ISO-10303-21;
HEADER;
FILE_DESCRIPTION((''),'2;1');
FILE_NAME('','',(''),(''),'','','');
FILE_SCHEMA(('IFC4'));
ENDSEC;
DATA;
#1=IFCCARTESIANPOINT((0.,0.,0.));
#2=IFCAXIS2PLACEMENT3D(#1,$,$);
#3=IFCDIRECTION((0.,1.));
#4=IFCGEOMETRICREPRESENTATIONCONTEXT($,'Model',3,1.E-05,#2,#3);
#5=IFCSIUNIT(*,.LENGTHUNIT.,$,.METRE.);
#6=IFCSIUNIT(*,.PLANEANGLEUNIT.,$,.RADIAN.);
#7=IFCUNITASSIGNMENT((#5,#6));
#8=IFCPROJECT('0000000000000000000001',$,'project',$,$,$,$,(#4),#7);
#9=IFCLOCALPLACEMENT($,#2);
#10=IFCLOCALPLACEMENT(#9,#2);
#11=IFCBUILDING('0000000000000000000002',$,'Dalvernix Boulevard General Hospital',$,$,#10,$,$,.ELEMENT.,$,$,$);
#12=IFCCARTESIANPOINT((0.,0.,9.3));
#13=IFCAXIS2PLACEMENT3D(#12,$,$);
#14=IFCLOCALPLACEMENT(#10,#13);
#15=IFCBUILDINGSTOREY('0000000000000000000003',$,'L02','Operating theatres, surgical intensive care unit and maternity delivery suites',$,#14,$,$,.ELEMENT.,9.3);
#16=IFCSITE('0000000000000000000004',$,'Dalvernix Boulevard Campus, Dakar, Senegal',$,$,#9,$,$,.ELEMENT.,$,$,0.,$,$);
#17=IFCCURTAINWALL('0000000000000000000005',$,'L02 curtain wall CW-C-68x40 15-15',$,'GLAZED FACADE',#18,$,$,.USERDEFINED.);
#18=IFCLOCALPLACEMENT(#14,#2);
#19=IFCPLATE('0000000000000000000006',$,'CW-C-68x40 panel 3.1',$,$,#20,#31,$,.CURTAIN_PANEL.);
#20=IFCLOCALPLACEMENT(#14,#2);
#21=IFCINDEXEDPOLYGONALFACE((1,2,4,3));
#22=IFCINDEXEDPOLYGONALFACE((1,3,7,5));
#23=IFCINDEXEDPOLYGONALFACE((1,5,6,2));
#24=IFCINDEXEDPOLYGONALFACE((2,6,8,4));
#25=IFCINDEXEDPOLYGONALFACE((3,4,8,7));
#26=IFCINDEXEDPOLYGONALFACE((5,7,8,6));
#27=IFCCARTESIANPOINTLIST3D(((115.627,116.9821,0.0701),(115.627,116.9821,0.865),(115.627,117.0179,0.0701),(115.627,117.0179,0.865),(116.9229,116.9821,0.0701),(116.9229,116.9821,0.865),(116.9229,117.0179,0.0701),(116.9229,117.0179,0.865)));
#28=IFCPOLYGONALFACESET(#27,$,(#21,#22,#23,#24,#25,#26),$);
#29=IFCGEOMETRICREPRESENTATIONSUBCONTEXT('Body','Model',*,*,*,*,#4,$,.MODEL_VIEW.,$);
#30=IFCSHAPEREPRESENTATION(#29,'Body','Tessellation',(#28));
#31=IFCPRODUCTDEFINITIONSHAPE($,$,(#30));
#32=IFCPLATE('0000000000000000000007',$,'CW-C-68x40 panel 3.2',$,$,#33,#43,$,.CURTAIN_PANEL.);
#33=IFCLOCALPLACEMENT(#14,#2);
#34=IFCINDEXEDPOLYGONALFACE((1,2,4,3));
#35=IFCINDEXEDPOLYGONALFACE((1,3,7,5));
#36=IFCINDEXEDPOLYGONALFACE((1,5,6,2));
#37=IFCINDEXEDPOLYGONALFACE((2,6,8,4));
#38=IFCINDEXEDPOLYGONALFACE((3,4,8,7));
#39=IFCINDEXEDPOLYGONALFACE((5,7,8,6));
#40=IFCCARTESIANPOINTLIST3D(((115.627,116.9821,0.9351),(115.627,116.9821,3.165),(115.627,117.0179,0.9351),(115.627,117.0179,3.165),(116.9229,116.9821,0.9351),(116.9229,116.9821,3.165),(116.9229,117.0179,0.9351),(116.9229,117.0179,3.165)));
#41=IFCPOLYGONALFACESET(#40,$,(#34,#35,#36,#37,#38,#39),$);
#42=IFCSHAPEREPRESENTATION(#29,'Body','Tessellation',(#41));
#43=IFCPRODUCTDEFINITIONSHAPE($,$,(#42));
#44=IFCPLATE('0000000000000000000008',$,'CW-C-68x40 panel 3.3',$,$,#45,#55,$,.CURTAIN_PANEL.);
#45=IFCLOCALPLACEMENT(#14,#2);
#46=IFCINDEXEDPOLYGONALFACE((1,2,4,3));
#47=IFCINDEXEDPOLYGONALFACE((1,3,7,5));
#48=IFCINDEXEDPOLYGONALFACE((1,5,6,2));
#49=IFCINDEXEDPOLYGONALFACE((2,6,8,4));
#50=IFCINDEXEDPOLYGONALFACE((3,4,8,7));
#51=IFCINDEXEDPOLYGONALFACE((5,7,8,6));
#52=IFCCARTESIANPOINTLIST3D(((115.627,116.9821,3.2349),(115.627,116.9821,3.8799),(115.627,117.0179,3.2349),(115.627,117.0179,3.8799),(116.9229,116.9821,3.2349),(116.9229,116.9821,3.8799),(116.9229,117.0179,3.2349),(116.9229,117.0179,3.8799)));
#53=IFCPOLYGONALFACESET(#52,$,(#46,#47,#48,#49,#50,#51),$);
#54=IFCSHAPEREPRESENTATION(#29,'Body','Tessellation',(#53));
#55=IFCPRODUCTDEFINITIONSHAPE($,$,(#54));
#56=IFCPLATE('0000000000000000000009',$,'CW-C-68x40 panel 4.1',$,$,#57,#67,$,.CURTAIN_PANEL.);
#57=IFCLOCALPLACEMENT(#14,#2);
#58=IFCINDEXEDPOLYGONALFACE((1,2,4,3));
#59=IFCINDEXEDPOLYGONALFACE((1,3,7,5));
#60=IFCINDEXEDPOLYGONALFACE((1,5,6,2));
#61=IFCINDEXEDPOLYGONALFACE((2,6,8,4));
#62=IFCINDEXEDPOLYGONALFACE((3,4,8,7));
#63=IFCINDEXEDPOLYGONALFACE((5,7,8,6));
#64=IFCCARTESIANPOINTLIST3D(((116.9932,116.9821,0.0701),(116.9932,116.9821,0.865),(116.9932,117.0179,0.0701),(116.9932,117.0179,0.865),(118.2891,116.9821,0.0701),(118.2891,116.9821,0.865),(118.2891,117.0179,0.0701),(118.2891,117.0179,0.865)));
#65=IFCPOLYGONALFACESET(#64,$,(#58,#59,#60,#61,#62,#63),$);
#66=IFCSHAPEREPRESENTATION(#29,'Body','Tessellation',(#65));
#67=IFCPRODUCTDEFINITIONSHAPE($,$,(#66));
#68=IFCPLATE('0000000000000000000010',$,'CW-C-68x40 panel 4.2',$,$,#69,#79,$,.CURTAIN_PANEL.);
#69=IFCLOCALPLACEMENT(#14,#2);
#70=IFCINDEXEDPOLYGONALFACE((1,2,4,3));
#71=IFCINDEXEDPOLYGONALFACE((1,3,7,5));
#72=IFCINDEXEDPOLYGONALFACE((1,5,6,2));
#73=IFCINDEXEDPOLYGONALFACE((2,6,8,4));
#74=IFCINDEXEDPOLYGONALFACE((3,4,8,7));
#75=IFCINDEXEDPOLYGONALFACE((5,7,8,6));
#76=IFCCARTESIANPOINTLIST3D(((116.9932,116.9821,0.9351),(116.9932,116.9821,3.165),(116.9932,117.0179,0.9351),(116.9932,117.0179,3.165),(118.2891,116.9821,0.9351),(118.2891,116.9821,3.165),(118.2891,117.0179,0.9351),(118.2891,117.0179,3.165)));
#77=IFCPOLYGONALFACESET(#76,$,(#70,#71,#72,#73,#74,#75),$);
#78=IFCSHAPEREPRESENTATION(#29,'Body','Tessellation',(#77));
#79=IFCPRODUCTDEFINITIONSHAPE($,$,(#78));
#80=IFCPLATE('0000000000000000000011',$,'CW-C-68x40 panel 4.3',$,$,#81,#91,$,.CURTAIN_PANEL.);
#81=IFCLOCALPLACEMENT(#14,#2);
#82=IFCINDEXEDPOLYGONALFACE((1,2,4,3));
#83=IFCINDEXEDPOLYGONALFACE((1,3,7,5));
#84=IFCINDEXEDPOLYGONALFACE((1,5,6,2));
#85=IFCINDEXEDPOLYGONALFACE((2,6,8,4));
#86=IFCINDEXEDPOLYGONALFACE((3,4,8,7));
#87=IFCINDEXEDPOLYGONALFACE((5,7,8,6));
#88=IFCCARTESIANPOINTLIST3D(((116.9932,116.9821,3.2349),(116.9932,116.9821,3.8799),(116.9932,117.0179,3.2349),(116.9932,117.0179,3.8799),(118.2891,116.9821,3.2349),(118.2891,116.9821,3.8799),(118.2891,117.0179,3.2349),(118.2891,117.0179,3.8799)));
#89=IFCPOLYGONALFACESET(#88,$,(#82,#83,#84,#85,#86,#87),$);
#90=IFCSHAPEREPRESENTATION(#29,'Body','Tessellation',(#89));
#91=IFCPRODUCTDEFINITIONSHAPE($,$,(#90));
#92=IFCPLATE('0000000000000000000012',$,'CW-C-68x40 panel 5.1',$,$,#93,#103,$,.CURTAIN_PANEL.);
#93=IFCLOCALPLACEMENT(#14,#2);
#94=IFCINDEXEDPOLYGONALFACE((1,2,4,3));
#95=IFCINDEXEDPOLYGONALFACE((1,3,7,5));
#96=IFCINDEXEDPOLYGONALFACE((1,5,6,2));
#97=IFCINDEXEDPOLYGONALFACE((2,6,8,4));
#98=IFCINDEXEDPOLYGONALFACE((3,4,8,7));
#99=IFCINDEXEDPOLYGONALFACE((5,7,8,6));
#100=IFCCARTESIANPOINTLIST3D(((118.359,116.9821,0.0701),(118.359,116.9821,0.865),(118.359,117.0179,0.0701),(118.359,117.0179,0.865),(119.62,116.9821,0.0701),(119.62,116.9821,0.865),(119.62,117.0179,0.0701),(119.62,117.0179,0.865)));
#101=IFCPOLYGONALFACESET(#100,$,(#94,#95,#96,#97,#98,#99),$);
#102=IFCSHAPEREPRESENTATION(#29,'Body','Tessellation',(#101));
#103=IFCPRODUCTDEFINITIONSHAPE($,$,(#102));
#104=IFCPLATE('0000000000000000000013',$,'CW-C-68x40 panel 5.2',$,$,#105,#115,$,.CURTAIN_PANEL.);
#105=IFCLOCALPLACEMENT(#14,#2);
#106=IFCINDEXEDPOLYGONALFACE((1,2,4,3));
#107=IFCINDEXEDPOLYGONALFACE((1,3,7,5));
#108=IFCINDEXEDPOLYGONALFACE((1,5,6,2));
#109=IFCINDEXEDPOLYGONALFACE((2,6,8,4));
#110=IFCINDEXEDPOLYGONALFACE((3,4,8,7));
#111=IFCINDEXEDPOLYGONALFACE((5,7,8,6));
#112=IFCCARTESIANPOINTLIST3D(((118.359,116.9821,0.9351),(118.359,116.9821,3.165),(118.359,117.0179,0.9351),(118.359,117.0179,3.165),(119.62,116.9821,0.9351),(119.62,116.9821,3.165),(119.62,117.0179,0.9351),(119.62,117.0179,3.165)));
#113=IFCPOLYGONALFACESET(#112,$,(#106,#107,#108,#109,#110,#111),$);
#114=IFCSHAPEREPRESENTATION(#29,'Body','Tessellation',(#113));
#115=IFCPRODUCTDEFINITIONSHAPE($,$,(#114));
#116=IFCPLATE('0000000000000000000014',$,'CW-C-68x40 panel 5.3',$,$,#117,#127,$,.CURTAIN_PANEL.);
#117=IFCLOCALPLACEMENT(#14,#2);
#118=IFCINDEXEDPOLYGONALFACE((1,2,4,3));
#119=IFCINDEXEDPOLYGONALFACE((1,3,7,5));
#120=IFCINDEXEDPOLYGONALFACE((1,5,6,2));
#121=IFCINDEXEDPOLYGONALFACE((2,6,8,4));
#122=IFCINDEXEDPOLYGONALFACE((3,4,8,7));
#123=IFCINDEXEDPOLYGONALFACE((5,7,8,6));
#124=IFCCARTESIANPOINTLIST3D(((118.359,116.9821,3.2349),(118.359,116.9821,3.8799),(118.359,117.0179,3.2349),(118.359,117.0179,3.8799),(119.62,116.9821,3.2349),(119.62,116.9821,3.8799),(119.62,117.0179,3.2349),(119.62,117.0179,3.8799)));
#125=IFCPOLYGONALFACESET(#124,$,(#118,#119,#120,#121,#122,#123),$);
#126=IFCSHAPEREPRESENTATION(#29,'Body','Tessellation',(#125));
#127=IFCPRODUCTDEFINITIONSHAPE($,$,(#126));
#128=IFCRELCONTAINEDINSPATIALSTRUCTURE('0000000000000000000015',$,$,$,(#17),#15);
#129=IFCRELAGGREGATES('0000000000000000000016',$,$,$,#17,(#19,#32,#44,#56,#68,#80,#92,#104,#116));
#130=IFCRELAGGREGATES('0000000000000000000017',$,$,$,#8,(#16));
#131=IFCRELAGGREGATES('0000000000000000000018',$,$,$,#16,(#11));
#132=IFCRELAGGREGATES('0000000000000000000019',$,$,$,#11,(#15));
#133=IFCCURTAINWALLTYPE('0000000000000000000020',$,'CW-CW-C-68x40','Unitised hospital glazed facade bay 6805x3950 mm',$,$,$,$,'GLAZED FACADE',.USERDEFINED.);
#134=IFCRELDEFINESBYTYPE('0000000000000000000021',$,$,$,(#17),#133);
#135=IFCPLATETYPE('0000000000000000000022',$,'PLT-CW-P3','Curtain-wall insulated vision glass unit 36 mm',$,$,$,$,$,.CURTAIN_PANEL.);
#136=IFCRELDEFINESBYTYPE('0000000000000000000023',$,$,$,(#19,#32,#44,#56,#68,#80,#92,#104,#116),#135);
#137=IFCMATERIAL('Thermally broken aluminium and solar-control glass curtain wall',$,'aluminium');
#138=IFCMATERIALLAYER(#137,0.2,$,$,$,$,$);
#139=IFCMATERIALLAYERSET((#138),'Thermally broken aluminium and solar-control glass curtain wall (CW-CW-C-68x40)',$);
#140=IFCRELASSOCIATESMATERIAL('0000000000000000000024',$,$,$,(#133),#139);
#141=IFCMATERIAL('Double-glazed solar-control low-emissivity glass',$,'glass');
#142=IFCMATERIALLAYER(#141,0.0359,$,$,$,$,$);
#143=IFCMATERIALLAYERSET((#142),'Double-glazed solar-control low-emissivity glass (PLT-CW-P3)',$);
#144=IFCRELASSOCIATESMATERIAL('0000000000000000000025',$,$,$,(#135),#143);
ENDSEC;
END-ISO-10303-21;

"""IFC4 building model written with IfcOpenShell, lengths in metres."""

from ifc_helpers import new_model, si_unit, direction, frame, origin, origin_2d, place, context, subcontext, project, spatial, rectangle, extrude, material, layer, layer_set, type_object, element, aggregate, save


model = new_model("IFC4")

# Units and contexts
model_context = context("Model", 3, precision=1e-05, world=origin(), true_north=direction((0.0, 1.0)))
body_context = subcontext(model_context, "Body", "Model", "MODEL_VIEW")
ifc_project = project(units=[si_unit("LENGTHUNIT", "METRE"), si_unit("PLANEANGLEUNIT", "RADIAN")], contexts=[model_context])

# Site, building, storey
site_placement = place(None, origin())
site = spatial("IfcSite", under=ifc_project, at=site_placement, Name="Dalvernix Boulevard Campus, Dakar, Senegal", CompositionType="ELEMENT", RefElevation=0.0)
building_placement = place(site_placement, origin())
building = spatial("IfcBuilding", under=site, at=building_placement, Name="Dalvernix Boulevard General Hospital", CompositionType="ELEMENT")
storey_placement = place(building_placement, frame((0.0, 0.0, 9.3)))
storey = spatial("IfcBuildingStorey", under=building, at=storey_placement, Name="L02", Description="Operating theatres, surgical intensive care unit and maternity delivery suites", CompositionType="ELEMENT", Elevation=9.3)

# Curtain wall, plates
ifc_material_1 = material(Name="Thermally broken aluminium and solar-control glass curtain wall", Category="aluminium")
ifc_layer_1 = layer(ifc_material_1, 0.2)
ifc_layer_set_1 = layer_set([ifc_layer_1], Name="Thermally broken aluminium and solar-control glass curtain wall (CW-CW-C-68x40)")
curtain_wall_type = type_object("IfcCurtainWallType", Name="CW-CW-C-68x40", Description="Unitised hospital glazed facade bay 6805x3950 mm", ElementType="GLAZED FACADE", PredefinedType="USERDEFINED", material=ifc_layer_set_1)
curtain_wall_placement = place(storey_placement, origin())
curtain_wall = element("IfcCurtainWall", 1, at=curtain_wall_placement, inside=storey, type_object=curtain_wall_type, Name="L02 curtain wall CW-C-68x40 15-15", ObjectType="GLAZED FACADE", PredefinedType="USERDEFINED")
ifc_material_2 = material(Name="Double-glazed solar-control low-emissivity glass", Category="glass")
ifc_layer_2 = layer(ifc_material_2, 0.0359)
ifc_layer_set_2 = layer_set([ifc_layer_2], Name="Double-glazed solar-control low-emissivity glass (PLT-CW-P3)")
plate_type = type_object("IfcPlateType", Name="PLT-CW-P3", Description="Curtain-wall insulated vision glass unit 36 mm", PredefinedType="CURTAIN_PANEL", material=ifc_layer_set_2)
plate_1_placement = place(storey_placement, frame((116.2749, 117.0, 0.0701), z_axis=(0.0, 0.0, 1.0), x_axis=(1.0, 0.0, 0.0)))
plate_1 = element("IfcPlate", 2, at=plate_1_placement, type_object=plate_type, Name="CW-C-68x40 panel 3.1", PredefinedType="CURTAIN_PANEL", context=body_context, shape_type="SweptSolid", body=[
    extrude(rectangle(XDim=1.2959, YDim=0.0359, at=origin_2d()), origin(), (0.0, 0.0, 1.0), 0.7949),
])
plate_2_placement = place(storey_placement, frame((116.2749, 117.0, 0.9351), z_axis=(0.0, 0.0, 1.0), x_axis=(1.0, 0.0, 0.0)))
plate_2 = element("IfcPlate", 3, at=plate_2_placement, type_object=plate_type, Name="CW-C-68x40 panel 3.2", PredefinedType="CURTAIN_PANEL", context=body_context, shape_type="SweptSolid", body=[
    extrude(rectangle(XDim=1.2959, YDim=0.0359, at=origin_2d()), origin(), (0.0, 0.0, 1.0), 2.23),
])
plate_3_placement = place(storey_placement, frame((116.2749, 117.0, 3.2349), z_axis=(0.0, 0.0, 1.0), x_axis=(1.0, 0.0, 0.0)))
plate_3 = element("IfcPlate", 4, at=plate_3_placement, type_object=plate_type, Name="CW-C-68x40 panel 3.3", PredefinedType="CURTAIN_PANEL", context=body_context, shape_type="SweptSolid", body=[
    extrude(rectangle(XDim=1.2959, YDim=0.0359, at=origin_2d()), origin(), (0.0, 0.0, 1.0), 0.645),
])
plate_4_placement = place(storey_placement, frame((117.6411, 117.0, 0.0701), z_axis=(0.0, 0.0, 1.0), x_axis=(1.0, 0.0, 0.0)))
plate_4 = element("IfcPlate", 5, at=plate_4_placement, type_object=plate_type, Name="CW-C-68x40 panel 4.1", PredefinedType="CURTAIN_PANEL", context=body_context, shape_type="SweptSolid", body=[
    extrude(rectangle(XDim=1.2959, YDim=0.0359, at=origin_2d()), origin(), (0.0, 0.0, 1.0), 0.7949),
])
plate_5_placement = place(storey_placement, frame((117.6411, 117.0, 0.9351), z_axis=(0.0, 0.0, 1.0), x_axis=(1.0, 0.0, 0.0)))
plate_5 = element("IfcPlate", 6, at=plate_5_placement, type_object=plate_type, Name="CW-C-68x40 panel 4.2", PredefinedType="CURTAIN_PANEL", context=body_context, shape_type="SweptSolid", body=[
    extrude(rectangle(XDim=1.2959, YDim=0.0359, at=origin_2d()), origin(), (0.0, 0.0, 1.0), 2.23),
])
plate_6_placement = place(storey_placement, frame((117.6411, 117.0, 3.2349), z_axis=(0.0, 0.0, 1.0), x_axis=(1.0, 0.0, 0.0)))
plate_6 = element("IfcPlate", 7, at=plate_6_placement, type_object=plate_type, Name="CW-C-68x40 panel 4.3", PredefinedType="CURTAIN_PANEL", context=body_context, shape_type="SweptSolid", body=[
    extrude(rectangle(XDim=1.2959, YDim=0.0359, at=origin_2d()), origin(), (0.0, 0.0, 1.0), 0.645),
])
plate_7_placement = place(storey_placement, frame((118.9895, 117.0, 0.0701), z_axis=(0.0, 0.0, 1.0), x_axis=(1.0, 0.0, 0.0)))
plate_7 = element("IfcPlate", 8, at=plate_7_placement, type_object=plate_type, Name="CW-C-68x40 panel 5.1", PredefinedType="CURTAIN_PANEL", context=body_context, shape_type="SweptSolid", body=[
    extrude(rectangle(XDim=1.261, YDim=0.0359, at=origin_2d()), origin(), (0.0, 0.0, 1.0), 0.7949),
])
plate_8_placement = place(storey_placement, frame((118.9895, 117.0, 0.9351), z_axis=(0.0, 0.0, 1.0), x_axis=(1.0, 0.0, 0.0)))
plate_8 = element("IfcPlate", 9, at=plate_8_placement, type_object=plate_type, Name="CW-C-68x40 panel 5.2", PredefinedType="CURTAIN_PANEL", context=body_context, shape_type="SweptSolid", body=[
    extrude(rectangle(XDim=1.261, YDim=0.0359, at=origin_2d()), origin(), (0.0, 0.0, 1.0), 2.23),
])
plate_9_placement = place(storey_placement, frame((118.9895, 117.0, 3.2349), z_axis=(0.0, 0.0, 1.0), x_axis=(1.0, 0.0, 0.0)))
plate_9 = element("IfcPlate", 10, at=plate_9_placement, type_object=plate_type, Name="CW-C-68x40 panel 5.3", PredefinedType="CURTAIN_PANEL", context=body_context, shape_type="SweptSolid", body=[
    extrude(rectangle(XDim=1.261, YDim=0.0359, at=origin_2d()), origin(), (0.0, 0.0, 1.0), 0.645),
])
aggregate(curtain_wall, [plate_1, plate_2, plate_3, plate_4, plate_5, plate_6, plate_7, plate_8, plate_9])

save(model, "model.ifc")
